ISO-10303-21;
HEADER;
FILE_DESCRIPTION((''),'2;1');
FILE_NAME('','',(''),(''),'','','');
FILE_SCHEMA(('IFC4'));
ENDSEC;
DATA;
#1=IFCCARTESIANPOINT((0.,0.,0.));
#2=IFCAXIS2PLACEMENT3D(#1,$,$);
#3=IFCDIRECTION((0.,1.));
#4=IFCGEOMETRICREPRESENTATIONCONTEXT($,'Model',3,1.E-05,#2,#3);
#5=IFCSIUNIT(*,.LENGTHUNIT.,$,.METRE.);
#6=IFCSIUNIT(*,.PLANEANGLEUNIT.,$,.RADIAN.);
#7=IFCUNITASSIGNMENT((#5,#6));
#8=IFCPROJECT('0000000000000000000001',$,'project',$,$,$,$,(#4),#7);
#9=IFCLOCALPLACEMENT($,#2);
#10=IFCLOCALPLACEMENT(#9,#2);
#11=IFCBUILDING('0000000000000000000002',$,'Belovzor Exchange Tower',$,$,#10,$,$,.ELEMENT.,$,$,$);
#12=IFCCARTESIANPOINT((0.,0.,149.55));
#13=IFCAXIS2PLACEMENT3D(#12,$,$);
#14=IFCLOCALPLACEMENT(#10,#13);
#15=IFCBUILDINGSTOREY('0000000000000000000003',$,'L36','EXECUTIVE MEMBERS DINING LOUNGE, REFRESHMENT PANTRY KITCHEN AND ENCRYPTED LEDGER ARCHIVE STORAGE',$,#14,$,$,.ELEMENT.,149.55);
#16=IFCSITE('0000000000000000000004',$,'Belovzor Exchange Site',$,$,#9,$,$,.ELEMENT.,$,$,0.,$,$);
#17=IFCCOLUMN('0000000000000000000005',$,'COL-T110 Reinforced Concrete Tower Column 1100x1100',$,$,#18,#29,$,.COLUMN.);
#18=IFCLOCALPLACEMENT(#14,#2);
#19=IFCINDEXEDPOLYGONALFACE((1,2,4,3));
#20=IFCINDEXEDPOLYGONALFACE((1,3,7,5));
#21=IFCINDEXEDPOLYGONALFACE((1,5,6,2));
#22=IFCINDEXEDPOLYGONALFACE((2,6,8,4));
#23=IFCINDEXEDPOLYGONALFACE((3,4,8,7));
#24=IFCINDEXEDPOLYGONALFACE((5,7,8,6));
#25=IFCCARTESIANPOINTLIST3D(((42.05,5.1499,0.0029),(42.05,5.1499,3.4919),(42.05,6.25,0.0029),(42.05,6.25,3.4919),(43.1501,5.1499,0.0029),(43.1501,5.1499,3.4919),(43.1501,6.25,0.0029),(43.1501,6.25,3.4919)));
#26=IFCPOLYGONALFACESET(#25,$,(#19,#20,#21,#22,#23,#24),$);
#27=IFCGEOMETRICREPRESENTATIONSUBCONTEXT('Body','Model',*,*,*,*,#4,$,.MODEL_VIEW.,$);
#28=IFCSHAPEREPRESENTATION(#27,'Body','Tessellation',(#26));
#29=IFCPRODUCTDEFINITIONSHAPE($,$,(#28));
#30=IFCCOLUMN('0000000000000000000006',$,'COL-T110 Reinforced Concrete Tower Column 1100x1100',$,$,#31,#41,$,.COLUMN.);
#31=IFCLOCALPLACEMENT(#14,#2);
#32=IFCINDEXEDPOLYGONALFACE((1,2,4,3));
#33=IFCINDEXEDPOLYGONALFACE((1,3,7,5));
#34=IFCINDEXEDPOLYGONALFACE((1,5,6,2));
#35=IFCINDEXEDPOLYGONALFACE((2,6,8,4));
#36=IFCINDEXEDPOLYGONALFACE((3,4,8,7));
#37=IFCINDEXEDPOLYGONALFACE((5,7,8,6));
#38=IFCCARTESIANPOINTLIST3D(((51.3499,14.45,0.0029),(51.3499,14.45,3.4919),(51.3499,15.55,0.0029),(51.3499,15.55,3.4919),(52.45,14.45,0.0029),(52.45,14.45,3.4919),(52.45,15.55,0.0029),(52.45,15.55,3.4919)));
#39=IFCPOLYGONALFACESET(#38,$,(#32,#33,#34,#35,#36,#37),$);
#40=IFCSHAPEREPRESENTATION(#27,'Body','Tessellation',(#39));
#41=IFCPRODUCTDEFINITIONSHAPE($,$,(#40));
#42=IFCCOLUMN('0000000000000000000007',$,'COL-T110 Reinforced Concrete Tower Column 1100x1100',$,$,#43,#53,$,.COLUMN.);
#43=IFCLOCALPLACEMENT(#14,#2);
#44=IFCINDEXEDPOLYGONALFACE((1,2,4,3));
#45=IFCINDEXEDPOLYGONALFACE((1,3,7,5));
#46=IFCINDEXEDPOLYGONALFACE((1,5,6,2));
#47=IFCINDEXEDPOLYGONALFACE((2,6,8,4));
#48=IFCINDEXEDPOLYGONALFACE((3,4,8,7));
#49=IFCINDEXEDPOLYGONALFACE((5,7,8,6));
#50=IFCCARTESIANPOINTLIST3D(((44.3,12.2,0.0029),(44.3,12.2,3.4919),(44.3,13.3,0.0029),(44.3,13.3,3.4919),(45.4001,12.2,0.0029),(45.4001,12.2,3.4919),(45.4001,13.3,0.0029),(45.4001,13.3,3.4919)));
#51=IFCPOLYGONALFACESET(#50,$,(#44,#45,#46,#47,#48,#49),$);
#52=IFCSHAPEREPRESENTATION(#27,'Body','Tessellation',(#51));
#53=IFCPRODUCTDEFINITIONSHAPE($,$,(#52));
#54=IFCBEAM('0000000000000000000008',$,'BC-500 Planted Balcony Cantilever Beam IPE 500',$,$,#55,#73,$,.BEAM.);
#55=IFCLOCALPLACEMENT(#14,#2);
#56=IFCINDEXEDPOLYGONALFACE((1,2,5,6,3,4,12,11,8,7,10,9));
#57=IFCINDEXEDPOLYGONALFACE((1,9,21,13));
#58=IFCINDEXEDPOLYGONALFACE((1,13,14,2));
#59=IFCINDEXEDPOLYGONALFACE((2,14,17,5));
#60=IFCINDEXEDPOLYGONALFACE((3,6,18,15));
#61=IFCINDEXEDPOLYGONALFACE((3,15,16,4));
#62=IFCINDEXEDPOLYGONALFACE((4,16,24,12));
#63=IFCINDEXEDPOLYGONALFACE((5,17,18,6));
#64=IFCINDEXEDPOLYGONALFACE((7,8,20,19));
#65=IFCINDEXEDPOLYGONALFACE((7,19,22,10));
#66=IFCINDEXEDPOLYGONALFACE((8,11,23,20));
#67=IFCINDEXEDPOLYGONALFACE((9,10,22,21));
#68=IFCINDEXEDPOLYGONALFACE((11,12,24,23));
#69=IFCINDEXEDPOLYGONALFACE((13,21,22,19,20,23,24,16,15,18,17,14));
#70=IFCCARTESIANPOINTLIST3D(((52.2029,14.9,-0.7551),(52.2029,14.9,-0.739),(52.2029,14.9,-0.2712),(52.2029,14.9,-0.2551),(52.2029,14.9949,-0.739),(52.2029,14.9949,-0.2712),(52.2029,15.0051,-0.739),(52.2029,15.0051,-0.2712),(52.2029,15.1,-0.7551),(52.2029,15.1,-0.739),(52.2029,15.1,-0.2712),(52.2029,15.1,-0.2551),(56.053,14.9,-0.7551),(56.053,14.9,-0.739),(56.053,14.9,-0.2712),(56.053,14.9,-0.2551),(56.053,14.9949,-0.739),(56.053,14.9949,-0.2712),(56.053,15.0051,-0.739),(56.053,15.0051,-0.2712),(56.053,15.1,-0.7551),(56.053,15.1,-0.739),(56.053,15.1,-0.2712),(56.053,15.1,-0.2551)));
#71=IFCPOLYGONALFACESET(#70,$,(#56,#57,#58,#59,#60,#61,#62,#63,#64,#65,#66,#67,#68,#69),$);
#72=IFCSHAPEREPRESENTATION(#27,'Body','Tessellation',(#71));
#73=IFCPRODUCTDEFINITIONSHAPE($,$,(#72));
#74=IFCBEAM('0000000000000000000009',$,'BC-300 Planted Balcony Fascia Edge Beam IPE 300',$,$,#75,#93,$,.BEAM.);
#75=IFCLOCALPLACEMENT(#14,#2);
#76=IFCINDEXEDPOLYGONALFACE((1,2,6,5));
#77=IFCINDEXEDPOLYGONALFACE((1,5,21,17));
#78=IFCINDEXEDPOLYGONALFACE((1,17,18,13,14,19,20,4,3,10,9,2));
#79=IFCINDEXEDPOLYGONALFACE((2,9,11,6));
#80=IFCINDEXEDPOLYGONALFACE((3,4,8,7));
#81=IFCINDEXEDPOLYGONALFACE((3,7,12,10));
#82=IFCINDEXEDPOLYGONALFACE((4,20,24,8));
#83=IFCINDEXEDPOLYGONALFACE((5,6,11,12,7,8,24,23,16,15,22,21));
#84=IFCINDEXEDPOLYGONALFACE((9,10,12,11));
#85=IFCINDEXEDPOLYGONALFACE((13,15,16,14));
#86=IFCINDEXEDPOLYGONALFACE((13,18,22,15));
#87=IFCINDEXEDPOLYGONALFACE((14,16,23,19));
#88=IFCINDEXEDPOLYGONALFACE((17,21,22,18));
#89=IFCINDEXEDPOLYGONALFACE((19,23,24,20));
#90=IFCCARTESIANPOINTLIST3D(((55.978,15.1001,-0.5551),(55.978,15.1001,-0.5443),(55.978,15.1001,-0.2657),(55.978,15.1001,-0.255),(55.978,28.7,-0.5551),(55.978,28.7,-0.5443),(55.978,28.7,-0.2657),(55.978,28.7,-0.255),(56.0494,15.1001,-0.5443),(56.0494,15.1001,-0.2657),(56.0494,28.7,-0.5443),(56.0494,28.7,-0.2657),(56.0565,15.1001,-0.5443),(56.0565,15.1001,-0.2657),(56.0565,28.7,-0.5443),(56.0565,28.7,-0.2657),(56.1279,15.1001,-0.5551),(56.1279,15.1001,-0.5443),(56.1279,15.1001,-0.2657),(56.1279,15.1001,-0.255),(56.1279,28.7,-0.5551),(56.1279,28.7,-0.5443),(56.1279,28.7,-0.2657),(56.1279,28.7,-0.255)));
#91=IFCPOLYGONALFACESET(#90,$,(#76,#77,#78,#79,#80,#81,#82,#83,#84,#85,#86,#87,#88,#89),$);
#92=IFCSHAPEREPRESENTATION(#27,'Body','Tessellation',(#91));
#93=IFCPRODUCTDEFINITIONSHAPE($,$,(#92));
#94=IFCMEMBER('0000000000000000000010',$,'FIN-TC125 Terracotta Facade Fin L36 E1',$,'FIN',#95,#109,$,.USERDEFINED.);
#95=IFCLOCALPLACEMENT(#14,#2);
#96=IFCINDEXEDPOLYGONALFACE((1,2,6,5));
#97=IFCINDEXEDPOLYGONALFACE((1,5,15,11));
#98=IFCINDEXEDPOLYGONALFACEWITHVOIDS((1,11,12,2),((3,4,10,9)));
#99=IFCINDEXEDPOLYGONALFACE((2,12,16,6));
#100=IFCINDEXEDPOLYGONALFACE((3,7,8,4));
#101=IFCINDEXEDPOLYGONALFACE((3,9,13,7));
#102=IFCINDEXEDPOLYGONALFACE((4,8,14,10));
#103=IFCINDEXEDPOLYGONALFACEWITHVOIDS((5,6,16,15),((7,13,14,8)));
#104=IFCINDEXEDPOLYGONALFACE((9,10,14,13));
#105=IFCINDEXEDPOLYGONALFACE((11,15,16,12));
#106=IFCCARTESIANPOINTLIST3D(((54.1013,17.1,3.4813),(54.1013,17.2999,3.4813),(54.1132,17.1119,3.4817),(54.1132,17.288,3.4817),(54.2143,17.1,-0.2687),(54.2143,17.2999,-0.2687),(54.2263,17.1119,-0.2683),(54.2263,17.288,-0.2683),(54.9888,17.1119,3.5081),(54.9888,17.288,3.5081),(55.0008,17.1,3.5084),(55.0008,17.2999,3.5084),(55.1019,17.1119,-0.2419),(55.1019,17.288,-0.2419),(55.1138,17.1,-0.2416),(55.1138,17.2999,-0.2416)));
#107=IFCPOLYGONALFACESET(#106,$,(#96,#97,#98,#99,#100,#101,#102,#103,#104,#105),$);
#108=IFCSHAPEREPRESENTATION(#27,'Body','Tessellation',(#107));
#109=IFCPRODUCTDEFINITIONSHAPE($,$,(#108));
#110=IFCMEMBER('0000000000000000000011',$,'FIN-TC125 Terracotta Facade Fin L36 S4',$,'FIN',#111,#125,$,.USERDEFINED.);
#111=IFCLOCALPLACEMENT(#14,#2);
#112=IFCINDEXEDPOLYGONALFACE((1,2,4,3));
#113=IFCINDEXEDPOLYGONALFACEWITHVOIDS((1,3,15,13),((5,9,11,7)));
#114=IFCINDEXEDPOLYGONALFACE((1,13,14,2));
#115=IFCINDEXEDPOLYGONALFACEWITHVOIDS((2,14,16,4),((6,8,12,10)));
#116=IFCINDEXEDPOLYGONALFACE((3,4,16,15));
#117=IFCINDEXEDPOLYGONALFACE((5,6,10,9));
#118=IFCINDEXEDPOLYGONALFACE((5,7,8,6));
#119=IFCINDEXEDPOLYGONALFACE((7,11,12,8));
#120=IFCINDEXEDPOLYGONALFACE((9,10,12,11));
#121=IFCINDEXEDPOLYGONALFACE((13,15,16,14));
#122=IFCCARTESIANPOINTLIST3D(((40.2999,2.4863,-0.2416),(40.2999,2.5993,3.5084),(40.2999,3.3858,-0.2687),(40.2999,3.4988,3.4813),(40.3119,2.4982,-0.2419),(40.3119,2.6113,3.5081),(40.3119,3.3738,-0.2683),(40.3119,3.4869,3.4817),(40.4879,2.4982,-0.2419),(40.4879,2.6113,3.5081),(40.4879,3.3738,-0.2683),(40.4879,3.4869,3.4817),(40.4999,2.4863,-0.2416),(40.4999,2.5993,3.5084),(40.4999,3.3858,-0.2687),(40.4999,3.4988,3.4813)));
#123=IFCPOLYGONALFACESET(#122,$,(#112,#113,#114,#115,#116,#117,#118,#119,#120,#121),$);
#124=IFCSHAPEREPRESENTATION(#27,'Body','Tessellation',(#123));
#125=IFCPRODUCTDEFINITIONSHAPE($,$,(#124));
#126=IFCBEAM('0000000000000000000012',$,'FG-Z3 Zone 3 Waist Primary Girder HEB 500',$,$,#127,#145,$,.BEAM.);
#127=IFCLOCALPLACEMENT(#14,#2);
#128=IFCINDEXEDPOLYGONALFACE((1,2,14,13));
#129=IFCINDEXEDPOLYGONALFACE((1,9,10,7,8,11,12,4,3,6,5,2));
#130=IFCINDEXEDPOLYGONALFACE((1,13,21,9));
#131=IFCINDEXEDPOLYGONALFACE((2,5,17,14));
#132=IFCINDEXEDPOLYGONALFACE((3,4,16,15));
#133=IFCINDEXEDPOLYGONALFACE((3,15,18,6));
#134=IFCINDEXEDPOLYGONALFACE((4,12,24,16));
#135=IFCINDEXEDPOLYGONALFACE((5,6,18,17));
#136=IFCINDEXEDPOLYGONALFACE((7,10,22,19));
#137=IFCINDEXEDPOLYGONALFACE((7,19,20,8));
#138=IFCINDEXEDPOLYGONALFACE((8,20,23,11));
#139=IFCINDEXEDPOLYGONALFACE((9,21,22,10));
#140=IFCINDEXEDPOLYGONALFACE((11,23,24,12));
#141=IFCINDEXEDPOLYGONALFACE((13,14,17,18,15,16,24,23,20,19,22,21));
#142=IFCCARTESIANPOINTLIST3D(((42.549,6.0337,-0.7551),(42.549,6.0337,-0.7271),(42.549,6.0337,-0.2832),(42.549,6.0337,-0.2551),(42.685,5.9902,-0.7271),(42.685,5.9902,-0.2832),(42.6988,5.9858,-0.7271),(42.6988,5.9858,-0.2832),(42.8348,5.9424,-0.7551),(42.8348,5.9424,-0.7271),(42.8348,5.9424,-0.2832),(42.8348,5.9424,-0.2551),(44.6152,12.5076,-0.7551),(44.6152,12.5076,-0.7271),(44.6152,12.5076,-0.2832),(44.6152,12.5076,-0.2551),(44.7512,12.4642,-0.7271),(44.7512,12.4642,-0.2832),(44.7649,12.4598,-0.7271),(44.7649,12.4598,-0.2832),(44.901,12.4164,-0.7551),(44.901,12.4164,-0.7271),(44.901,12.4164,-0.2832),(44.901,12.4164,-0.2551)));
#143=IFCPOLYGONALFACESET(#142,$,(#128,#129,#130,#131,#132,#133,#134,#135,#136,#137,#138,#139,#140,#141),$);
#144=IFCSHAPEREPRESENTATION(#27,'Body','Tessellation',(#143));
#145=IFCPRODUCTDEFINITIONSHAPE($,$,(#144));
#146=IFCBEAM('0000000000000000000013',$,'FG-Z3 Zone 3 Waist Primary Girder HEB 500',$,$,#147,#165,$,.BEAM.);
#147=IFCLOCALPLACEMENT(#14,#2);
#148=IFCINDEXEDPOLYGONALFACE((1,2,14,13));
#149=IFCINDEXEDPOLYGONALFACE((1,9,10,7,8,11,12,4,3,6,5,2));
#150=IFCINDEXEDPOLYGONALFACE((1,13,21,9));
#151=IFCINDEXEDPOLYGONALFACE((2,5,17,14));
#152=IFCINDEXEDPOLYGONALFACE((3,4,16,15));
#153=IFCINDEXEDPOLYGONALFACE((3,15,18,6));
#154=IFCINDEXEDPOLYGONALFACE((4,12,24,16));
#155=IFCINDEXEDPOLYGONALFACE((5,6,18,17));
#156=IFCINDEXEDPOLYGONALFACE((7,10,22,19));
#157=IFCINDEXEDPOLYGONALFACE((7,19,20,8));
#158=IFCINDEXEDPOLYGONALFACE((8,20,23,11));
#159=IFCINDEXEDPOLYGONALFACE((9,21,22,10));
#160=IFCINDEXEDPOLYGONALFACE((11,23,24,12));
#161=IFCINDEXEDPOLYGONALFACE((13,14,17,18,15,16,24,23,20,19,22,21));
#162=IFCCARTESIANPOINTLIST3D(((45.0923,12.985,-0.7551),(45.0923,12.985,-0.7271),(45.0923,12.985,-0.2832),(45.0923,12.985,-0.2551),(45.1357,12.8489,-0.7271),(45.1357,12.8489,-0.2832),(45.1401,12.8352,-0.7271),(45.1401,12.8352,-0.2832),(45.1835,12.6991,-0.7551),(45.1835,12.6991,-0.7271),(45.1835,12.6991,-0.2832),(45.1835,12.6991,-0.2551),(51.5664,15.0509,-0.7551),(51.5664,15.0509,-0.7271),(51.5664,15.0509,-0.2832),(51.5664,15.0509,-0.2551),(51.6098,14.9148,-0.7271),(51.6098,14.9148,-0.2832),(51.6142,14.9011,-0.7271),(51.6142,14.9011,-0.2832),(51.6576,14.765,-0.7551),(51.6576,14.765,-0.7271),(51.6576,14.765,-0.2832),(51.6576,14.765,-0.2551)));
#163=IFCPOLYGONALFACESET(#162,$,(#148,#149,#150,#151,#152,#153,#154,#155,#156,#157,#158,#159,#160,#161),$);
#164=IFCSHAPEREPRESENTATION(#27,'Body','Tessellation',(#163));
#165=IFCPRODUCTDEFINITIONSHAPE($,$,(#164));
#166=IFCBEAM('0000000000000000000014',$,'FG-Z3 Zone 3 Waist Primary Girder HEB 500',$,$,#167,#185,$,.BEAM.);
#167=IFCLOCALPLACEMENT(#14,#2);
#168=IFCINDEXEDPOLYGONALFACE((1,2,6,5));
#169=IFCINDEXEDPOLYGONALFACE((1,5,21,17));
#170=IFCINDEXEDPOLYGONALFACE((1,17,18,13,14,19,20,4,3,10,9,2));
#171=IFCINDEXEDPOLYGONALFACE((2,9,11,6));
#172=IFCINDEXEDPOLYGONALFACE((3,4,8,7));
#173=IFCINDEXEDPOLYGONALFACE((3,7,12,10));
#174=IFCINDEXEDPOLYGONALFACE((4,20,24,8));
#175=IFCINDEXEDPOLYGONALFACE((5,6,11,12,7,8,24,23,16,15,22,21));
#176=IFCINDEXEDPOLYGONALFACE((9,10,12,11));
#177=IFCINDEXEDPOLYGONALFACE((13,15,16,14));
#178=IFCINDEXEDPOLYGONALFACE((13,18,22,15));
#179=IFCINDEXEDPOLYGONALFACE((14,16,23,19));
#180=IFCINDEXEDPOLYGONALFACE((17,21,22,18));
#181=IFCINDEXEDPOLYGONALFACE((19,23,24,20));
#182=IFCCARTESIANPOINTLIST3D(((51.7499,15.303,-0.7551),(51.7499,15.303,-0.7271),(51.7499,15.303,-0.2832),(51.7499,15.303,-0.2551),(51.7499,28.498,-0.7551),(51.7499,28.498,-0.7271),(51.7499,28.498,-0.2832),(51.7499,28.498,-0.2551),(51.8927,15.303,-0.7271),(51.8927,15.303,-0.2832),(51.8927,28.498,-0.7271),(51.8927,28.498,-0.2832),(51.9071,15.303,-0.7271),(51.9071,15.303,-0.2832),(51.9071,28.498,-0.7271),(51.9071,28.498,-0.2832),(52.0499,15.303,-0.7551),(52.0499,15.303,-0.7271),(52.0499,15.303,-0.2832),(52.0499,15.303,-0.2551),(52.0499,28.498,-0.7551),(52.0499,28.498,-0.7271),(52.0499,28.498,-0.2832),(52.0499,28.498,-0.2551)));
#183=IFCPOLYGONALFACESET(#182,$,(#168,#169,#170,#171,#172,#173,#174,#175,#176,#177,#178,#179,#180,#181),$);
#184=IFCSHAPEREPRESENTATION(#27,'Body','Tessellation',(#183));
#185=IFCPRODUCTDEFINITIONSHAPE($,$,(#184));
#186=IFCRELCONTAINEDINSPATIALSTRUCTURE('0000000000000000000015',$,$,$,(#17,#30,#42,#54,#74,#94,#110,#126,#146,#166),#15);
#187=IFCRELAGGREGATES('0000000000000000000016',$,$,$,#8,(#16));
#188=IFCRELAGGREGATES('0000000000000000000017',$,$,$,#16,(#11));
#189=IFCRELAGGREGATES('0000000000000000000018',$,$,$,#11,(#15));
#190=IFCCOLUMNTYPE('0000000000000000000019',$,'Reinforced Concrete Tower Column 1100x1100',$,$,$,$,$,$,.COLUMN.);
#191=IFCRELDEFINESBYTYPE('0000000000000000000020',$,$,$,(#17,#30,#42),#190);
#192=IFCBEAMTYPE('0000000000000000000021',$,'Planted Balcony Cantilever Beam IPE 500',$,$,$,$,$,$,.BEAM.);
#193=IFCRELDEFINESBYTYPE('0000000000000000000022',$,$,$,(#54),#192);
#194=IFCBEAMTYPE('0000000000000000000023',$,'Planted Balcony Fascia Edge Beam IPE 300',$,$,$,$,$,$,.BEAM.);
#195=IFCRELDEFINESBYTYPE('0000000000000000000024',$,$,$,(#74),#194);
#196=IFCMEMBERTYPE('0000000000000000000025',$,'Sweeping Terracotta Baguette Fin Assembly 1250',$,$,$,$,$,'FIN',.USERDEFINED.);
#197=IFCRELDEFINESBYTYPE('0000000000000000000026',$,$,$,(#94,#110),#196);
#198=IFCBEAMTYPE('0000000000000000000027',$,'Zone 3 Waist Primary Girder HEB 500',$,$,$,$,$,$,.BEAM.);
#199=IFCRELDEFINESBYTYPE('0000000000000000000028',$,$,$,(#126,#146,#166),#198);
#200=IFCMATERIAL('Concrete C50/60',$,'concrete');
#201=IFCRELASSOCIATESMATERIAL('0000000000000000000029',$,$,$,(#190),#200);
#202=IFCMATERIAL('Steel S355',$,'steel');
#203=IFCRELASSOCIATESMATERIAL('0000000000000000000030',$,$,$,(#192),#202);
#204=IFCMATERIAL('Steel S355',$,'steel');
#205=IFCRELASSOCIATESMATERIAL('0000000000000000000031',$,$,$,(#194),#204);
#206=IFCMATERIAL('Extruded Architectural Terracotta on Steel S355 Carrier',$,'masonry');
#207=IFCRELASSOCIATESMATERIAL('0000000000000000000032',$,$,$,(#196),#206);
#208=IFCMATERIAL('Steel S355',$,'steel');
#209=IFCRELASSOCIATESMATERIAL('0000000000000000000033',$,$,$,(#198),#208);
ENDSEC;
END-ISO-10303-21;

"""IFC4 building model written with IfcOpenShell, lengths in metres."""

from ifc_helpers import new_model, si_unit, direction, frame, origin, origin_2d, place, context, subcontext, project, spatial, rectangle, hollow_rectangle, i_section, extrude, material, material_profile, profile_set, type_object, element, save


model = new_model("IFC4")

# Units and contexts
model_context = context("Model", 3, precision=1e-05, world=origin(), true_north=direction((0.0, 1.0)))
body_context = subcontext(model_context, "Body", "Model", "MODEL_VIEW")
ifc_project = project(units=[si_unit("LENGTHUNIT", "METRE"), si_unit("PLANEANGLEUNIT", "RADIAN")], contexts=[model_context])

# Site, building, storey
site_placement = place(None, origin())
site = spatial("IfcSite", under=ifc_project, at=site_placement, Name="Belovzor Exchange Site", CompositionType="ELEMENT", RefElevation=0.0)
building_placement = place(site_placement, origin())
building = spatial("IfcBuilding", under=site, at=building_placement, Name="Belovzor Exchange Tower", CompositionType="ELEMENT")
storey_placement = place(building_placement, frame((0.0, 0.0, 149.55)))
storey = spatial("IfcBuildingStorey", under=building, at=storey_placement, Name="L36", Description="EXECUTIVE MEMBERS DINING LOUNGE, REFRESHMENT PANTRY KITCHEN AND ENCRYPTED LEDGER ARCHIVE STORAGE", CompositionType="ELEMENT", Elevation=149.55)

# Columns
ifc_material_1 = material(Name="Concrete C50/60", Category="concrete")
ifc_material_profile_1 = material_profile(ifc_material_1, rectangle(XDim=1.1001, YDim=1.1001, at=origin_2d()))
ifc_profile_set_1 = profile_set([ifc_material_profile_1], Name="Concrete C50/60")
column_type = type_object("IfcColumnType", Name="Reinforced Concrete Tower Column 1100x1100", PredefinedType="COLUMN", material=ifc_profile_set_1)
for number, where, z_axis, x_axis, name in (
    (1, (42.6001, 5.7, 0.0029), (0.0, 0.0, 1.0), (1.0, 0.0, 0.0), "COL-T110 Reinforced Concrete Tower Column 1100x1100"),
    (2, (51.8999, 15.0, 0.0029), (0.0, 0.0, 1.0), (1.0, 0.0, 0.0), "COL-T110 Reinforced Concrete Tower Column 1100x1100"),
    (3, (44.8501, 12.75, 0.0029), (0.0, 0.0, 1.0), (1.0, 0.0, 0.0), "COL-T110 Reinforced Concrete Tower Column 1100x1100"),
):
    element("IfcColumn", number, at=place(storey_placement, frame(where, z_axis=z_axis, x_axis=x_axis)), inside=storey, type_object=column_type, Name=name, PredefinedType="COLUMN", context=body_context, shape_type="SweptSolid", body=[
        extrude(rectangle(XDim=1.1001, YDim=1.1001, at=origin_2d()), origin(), (0.0, 0.0, 1.0), 3.489),
    ])

# Beams
ifc_material_2 = material(Name="Steel S355", Category="steel")
ifc_material_profile_2 = material_profile(ifc_material_2, i_section(OverallWidth=0.2, OverallDepth=0.5, WebThickness=0.0103, FlangeThickness=0.0161, at=origin_2d()))
ifc_profile_set_2 = profile_set([ifc_material_profile_2], Name="Steel S355")
beam_type_1 = type_object("IfcBeamType", Name="Planted Balcony Cantilever Beam IPE 500", PredefinedType="BEAM", material=ifc_profile_set_2)
beam_1_placement = place(storey_placement, frame((52.2029, 15.0, -0.5051), z_axis=(1.0, 0.0, 0.0), x_axis=(0.0, 1.0, 0.0)))
element("IfcBeam", 4, at=beam_1_placement, inside=storey, type_object=beam_type_1, Name="BC-500 Planted Balcony Cantilever Beam IPE 500", PredefinedType="BEAM", context=body_context, shape_type="SweptSolid", body=[
    extrude(i_section(OverallWidth=0.2, OverallDepth=0.5, WebThickness=0.0103, FlangeThickness=0.0161, at=origin_2d()), origin(), (0.0, 0.0, 1.0), 3.8501),
])
ifc_material_3 = material(Name="Steel S355", Category="steel")
ifc_material_profile_3 = material_profile(ifc_material_3, i_section(OverallWidth=0.1499, OverallDepth=0.3, WebThickness=0.0071, FlangeThickness=0.0107, at=origin_2d()))
ifc_profile_set_3 = profile_set([ifc_material_profile_3], Name="Steel S355")
beam_type_2 = type_object("IfcBeamType", Name="Planted Balcony Fascia Edge Beam IPE 300", PredefinedType="BEAM", material=ifc_profile_set_3)
beam_2_placement = place(storey_placement, frame((56.053, 15.1001, -0.405), z_axis=(0.0, 1.0, 0.0), x_axis=(-1.0, 0.0, 0.0)))
element("IfcBeam", 5, at=beam_2_placement, inside=storey, type_object=beam_type_2, Name="BC-300 Planted Balcony Fascia Edge Beam IPE 300", PredefinedType="BEAM", context=body_context, shape_type="SweptSolid", body=[
    extrude(i_section(OverallWidth=0.1499, OverallDepth=0.3, WebThickness=0.0071, FlangeThickness=0.0107, at=origin_2d()), origin(), (0.0, 0.0, 1.0), 13.5999),
])

# Members
ifc_material_4 = material(Name="Extruded Architectural Terracotta on Steel S355 Carrier", Category="masonry")
ifc_material_profile_4 = material_profile(ifc_material_4, hollow_rectangle(XDim=0.2, YDim=0.8999, WallThickness=0.012, at=origin_2d()))
ifc_profile_set_4 = profile_set([ifc_material_profile_4], Name="Extruded Architectural Terracotta on Steel S355 Carrier")
member_type = type_object("IfcMemberType", Name="Sweeping Terracotta Baguette Fin Assembly 1250", ElementType="FIN", PredefinedType="USERDEFINED", material=ifc_profile_set_4)
for number, where, z_axis, x_axis, name in (
    (6, (54.6641, 17.2, -0.2551), (-0.03013, 0.0, 0.999546), (0.0, -1.0, 0.0), "FIN-TC125 Terracotta Facade Fin L36 E1"),
    (7, (40.3999, 2.936, -0.2551), (0.0, 0.03013, 0.999546), (-1.0, 0.0, 0.0), "FIN-TC125 Terracotta Facade Fin L36 S4"),
):
    element("IfcMember", number, at=place(storey_placement, frame(where, z_axis=z_axis, x_axis=x_axis)), inside=storey, type_object=member_type, Name=name, ObjectType="FIN", PredefinedType="USERDEFINED", context=body_context, shape_type="SweptSolid", body=[
        extrude(hollow_rectangle(XDim=0.2, YDim=0.8999, WallThickness=0.012, at=origin_2d()), origin(), (0.0, 0.0, 1.0), 3.7517),
    ])

# Beams
ifc_material_5 = material(Name="Steel S355", Category="steel")
ifc_material_profile_5 = material_profile(ifc_material_5, i_section(OverallWidth=0.3, OverallDepth=0.5, WebThickness=0.0144, FlangeThickness=0.0281, at=origin_2d()))
ifc_profile_set_5 = profile_set([ifc_material_profile_5], Name="Steel S355")
beam_type_3 = type_object("IfcBeamType", Name="Zone 3 Waist Primary Girder HEB 500", PredefinedType="BEAM", material=ifc_profile_set_5)
for number, where, z_axis, x_axis, name in (
    (8, (42.6919, 5.988, -0.5051), (0.304044, 0.952658, 0.0), (-0.952658, 0.304044, 0.0), "FG-Z3 Zone 3 Waist Primary Girder HEB 500"),
    (9, (45.1379, 12.842, -0.5051), (0.952672, 0.304001, 0.0), (-0.304001, 0.952672, 0.0), "FG-Z3 Zone 3 Waist Primary Girder HEB 500"),
):
    element("IfcBeam", number, at=place(storey_placement, frame(where, z_axis=z_axis, x_axis=x_axis)), inside=storey, type_object=beam_type_3, Name=name, PredefinedType="BEAM", context=body_context, shape_type="SweptSolid", body=[
        extrude(i_section(OverallWidth=0.3, OverallDepth=0.5, WebThickness=0.0144, FlangeThickness=0.0281, at=origin_2d()), origin(), (0.0, 0.0, 1.0), 6.7957),
    ])
beam_3_placement = place(storey_placement, frame((51.8999, 15.303, -0.5051), z_axis=(0.0, 1.0, 0.0), x_axis=(-1.0, 0.0, 0.0)))
element("IfcBeam", 10, at=beam_3_placement, inside=storey, type_object=beam_type_3, Name="FG-Z3 Zone 3 Waist Primary Girder HEB 500", PredefinedType="BEAM", context=body_context, shape_type="SweptSolid", body=[
    extrude(i_section(OverallWidth=0.3, OverallDepth=0.5, WebThickness=0.0144, FlangeThickness=0.0281, at=origin_2d()), origin(), (0.0, 0.0, 1.0), 13.1951),
])

save(model, "model.ifc")
